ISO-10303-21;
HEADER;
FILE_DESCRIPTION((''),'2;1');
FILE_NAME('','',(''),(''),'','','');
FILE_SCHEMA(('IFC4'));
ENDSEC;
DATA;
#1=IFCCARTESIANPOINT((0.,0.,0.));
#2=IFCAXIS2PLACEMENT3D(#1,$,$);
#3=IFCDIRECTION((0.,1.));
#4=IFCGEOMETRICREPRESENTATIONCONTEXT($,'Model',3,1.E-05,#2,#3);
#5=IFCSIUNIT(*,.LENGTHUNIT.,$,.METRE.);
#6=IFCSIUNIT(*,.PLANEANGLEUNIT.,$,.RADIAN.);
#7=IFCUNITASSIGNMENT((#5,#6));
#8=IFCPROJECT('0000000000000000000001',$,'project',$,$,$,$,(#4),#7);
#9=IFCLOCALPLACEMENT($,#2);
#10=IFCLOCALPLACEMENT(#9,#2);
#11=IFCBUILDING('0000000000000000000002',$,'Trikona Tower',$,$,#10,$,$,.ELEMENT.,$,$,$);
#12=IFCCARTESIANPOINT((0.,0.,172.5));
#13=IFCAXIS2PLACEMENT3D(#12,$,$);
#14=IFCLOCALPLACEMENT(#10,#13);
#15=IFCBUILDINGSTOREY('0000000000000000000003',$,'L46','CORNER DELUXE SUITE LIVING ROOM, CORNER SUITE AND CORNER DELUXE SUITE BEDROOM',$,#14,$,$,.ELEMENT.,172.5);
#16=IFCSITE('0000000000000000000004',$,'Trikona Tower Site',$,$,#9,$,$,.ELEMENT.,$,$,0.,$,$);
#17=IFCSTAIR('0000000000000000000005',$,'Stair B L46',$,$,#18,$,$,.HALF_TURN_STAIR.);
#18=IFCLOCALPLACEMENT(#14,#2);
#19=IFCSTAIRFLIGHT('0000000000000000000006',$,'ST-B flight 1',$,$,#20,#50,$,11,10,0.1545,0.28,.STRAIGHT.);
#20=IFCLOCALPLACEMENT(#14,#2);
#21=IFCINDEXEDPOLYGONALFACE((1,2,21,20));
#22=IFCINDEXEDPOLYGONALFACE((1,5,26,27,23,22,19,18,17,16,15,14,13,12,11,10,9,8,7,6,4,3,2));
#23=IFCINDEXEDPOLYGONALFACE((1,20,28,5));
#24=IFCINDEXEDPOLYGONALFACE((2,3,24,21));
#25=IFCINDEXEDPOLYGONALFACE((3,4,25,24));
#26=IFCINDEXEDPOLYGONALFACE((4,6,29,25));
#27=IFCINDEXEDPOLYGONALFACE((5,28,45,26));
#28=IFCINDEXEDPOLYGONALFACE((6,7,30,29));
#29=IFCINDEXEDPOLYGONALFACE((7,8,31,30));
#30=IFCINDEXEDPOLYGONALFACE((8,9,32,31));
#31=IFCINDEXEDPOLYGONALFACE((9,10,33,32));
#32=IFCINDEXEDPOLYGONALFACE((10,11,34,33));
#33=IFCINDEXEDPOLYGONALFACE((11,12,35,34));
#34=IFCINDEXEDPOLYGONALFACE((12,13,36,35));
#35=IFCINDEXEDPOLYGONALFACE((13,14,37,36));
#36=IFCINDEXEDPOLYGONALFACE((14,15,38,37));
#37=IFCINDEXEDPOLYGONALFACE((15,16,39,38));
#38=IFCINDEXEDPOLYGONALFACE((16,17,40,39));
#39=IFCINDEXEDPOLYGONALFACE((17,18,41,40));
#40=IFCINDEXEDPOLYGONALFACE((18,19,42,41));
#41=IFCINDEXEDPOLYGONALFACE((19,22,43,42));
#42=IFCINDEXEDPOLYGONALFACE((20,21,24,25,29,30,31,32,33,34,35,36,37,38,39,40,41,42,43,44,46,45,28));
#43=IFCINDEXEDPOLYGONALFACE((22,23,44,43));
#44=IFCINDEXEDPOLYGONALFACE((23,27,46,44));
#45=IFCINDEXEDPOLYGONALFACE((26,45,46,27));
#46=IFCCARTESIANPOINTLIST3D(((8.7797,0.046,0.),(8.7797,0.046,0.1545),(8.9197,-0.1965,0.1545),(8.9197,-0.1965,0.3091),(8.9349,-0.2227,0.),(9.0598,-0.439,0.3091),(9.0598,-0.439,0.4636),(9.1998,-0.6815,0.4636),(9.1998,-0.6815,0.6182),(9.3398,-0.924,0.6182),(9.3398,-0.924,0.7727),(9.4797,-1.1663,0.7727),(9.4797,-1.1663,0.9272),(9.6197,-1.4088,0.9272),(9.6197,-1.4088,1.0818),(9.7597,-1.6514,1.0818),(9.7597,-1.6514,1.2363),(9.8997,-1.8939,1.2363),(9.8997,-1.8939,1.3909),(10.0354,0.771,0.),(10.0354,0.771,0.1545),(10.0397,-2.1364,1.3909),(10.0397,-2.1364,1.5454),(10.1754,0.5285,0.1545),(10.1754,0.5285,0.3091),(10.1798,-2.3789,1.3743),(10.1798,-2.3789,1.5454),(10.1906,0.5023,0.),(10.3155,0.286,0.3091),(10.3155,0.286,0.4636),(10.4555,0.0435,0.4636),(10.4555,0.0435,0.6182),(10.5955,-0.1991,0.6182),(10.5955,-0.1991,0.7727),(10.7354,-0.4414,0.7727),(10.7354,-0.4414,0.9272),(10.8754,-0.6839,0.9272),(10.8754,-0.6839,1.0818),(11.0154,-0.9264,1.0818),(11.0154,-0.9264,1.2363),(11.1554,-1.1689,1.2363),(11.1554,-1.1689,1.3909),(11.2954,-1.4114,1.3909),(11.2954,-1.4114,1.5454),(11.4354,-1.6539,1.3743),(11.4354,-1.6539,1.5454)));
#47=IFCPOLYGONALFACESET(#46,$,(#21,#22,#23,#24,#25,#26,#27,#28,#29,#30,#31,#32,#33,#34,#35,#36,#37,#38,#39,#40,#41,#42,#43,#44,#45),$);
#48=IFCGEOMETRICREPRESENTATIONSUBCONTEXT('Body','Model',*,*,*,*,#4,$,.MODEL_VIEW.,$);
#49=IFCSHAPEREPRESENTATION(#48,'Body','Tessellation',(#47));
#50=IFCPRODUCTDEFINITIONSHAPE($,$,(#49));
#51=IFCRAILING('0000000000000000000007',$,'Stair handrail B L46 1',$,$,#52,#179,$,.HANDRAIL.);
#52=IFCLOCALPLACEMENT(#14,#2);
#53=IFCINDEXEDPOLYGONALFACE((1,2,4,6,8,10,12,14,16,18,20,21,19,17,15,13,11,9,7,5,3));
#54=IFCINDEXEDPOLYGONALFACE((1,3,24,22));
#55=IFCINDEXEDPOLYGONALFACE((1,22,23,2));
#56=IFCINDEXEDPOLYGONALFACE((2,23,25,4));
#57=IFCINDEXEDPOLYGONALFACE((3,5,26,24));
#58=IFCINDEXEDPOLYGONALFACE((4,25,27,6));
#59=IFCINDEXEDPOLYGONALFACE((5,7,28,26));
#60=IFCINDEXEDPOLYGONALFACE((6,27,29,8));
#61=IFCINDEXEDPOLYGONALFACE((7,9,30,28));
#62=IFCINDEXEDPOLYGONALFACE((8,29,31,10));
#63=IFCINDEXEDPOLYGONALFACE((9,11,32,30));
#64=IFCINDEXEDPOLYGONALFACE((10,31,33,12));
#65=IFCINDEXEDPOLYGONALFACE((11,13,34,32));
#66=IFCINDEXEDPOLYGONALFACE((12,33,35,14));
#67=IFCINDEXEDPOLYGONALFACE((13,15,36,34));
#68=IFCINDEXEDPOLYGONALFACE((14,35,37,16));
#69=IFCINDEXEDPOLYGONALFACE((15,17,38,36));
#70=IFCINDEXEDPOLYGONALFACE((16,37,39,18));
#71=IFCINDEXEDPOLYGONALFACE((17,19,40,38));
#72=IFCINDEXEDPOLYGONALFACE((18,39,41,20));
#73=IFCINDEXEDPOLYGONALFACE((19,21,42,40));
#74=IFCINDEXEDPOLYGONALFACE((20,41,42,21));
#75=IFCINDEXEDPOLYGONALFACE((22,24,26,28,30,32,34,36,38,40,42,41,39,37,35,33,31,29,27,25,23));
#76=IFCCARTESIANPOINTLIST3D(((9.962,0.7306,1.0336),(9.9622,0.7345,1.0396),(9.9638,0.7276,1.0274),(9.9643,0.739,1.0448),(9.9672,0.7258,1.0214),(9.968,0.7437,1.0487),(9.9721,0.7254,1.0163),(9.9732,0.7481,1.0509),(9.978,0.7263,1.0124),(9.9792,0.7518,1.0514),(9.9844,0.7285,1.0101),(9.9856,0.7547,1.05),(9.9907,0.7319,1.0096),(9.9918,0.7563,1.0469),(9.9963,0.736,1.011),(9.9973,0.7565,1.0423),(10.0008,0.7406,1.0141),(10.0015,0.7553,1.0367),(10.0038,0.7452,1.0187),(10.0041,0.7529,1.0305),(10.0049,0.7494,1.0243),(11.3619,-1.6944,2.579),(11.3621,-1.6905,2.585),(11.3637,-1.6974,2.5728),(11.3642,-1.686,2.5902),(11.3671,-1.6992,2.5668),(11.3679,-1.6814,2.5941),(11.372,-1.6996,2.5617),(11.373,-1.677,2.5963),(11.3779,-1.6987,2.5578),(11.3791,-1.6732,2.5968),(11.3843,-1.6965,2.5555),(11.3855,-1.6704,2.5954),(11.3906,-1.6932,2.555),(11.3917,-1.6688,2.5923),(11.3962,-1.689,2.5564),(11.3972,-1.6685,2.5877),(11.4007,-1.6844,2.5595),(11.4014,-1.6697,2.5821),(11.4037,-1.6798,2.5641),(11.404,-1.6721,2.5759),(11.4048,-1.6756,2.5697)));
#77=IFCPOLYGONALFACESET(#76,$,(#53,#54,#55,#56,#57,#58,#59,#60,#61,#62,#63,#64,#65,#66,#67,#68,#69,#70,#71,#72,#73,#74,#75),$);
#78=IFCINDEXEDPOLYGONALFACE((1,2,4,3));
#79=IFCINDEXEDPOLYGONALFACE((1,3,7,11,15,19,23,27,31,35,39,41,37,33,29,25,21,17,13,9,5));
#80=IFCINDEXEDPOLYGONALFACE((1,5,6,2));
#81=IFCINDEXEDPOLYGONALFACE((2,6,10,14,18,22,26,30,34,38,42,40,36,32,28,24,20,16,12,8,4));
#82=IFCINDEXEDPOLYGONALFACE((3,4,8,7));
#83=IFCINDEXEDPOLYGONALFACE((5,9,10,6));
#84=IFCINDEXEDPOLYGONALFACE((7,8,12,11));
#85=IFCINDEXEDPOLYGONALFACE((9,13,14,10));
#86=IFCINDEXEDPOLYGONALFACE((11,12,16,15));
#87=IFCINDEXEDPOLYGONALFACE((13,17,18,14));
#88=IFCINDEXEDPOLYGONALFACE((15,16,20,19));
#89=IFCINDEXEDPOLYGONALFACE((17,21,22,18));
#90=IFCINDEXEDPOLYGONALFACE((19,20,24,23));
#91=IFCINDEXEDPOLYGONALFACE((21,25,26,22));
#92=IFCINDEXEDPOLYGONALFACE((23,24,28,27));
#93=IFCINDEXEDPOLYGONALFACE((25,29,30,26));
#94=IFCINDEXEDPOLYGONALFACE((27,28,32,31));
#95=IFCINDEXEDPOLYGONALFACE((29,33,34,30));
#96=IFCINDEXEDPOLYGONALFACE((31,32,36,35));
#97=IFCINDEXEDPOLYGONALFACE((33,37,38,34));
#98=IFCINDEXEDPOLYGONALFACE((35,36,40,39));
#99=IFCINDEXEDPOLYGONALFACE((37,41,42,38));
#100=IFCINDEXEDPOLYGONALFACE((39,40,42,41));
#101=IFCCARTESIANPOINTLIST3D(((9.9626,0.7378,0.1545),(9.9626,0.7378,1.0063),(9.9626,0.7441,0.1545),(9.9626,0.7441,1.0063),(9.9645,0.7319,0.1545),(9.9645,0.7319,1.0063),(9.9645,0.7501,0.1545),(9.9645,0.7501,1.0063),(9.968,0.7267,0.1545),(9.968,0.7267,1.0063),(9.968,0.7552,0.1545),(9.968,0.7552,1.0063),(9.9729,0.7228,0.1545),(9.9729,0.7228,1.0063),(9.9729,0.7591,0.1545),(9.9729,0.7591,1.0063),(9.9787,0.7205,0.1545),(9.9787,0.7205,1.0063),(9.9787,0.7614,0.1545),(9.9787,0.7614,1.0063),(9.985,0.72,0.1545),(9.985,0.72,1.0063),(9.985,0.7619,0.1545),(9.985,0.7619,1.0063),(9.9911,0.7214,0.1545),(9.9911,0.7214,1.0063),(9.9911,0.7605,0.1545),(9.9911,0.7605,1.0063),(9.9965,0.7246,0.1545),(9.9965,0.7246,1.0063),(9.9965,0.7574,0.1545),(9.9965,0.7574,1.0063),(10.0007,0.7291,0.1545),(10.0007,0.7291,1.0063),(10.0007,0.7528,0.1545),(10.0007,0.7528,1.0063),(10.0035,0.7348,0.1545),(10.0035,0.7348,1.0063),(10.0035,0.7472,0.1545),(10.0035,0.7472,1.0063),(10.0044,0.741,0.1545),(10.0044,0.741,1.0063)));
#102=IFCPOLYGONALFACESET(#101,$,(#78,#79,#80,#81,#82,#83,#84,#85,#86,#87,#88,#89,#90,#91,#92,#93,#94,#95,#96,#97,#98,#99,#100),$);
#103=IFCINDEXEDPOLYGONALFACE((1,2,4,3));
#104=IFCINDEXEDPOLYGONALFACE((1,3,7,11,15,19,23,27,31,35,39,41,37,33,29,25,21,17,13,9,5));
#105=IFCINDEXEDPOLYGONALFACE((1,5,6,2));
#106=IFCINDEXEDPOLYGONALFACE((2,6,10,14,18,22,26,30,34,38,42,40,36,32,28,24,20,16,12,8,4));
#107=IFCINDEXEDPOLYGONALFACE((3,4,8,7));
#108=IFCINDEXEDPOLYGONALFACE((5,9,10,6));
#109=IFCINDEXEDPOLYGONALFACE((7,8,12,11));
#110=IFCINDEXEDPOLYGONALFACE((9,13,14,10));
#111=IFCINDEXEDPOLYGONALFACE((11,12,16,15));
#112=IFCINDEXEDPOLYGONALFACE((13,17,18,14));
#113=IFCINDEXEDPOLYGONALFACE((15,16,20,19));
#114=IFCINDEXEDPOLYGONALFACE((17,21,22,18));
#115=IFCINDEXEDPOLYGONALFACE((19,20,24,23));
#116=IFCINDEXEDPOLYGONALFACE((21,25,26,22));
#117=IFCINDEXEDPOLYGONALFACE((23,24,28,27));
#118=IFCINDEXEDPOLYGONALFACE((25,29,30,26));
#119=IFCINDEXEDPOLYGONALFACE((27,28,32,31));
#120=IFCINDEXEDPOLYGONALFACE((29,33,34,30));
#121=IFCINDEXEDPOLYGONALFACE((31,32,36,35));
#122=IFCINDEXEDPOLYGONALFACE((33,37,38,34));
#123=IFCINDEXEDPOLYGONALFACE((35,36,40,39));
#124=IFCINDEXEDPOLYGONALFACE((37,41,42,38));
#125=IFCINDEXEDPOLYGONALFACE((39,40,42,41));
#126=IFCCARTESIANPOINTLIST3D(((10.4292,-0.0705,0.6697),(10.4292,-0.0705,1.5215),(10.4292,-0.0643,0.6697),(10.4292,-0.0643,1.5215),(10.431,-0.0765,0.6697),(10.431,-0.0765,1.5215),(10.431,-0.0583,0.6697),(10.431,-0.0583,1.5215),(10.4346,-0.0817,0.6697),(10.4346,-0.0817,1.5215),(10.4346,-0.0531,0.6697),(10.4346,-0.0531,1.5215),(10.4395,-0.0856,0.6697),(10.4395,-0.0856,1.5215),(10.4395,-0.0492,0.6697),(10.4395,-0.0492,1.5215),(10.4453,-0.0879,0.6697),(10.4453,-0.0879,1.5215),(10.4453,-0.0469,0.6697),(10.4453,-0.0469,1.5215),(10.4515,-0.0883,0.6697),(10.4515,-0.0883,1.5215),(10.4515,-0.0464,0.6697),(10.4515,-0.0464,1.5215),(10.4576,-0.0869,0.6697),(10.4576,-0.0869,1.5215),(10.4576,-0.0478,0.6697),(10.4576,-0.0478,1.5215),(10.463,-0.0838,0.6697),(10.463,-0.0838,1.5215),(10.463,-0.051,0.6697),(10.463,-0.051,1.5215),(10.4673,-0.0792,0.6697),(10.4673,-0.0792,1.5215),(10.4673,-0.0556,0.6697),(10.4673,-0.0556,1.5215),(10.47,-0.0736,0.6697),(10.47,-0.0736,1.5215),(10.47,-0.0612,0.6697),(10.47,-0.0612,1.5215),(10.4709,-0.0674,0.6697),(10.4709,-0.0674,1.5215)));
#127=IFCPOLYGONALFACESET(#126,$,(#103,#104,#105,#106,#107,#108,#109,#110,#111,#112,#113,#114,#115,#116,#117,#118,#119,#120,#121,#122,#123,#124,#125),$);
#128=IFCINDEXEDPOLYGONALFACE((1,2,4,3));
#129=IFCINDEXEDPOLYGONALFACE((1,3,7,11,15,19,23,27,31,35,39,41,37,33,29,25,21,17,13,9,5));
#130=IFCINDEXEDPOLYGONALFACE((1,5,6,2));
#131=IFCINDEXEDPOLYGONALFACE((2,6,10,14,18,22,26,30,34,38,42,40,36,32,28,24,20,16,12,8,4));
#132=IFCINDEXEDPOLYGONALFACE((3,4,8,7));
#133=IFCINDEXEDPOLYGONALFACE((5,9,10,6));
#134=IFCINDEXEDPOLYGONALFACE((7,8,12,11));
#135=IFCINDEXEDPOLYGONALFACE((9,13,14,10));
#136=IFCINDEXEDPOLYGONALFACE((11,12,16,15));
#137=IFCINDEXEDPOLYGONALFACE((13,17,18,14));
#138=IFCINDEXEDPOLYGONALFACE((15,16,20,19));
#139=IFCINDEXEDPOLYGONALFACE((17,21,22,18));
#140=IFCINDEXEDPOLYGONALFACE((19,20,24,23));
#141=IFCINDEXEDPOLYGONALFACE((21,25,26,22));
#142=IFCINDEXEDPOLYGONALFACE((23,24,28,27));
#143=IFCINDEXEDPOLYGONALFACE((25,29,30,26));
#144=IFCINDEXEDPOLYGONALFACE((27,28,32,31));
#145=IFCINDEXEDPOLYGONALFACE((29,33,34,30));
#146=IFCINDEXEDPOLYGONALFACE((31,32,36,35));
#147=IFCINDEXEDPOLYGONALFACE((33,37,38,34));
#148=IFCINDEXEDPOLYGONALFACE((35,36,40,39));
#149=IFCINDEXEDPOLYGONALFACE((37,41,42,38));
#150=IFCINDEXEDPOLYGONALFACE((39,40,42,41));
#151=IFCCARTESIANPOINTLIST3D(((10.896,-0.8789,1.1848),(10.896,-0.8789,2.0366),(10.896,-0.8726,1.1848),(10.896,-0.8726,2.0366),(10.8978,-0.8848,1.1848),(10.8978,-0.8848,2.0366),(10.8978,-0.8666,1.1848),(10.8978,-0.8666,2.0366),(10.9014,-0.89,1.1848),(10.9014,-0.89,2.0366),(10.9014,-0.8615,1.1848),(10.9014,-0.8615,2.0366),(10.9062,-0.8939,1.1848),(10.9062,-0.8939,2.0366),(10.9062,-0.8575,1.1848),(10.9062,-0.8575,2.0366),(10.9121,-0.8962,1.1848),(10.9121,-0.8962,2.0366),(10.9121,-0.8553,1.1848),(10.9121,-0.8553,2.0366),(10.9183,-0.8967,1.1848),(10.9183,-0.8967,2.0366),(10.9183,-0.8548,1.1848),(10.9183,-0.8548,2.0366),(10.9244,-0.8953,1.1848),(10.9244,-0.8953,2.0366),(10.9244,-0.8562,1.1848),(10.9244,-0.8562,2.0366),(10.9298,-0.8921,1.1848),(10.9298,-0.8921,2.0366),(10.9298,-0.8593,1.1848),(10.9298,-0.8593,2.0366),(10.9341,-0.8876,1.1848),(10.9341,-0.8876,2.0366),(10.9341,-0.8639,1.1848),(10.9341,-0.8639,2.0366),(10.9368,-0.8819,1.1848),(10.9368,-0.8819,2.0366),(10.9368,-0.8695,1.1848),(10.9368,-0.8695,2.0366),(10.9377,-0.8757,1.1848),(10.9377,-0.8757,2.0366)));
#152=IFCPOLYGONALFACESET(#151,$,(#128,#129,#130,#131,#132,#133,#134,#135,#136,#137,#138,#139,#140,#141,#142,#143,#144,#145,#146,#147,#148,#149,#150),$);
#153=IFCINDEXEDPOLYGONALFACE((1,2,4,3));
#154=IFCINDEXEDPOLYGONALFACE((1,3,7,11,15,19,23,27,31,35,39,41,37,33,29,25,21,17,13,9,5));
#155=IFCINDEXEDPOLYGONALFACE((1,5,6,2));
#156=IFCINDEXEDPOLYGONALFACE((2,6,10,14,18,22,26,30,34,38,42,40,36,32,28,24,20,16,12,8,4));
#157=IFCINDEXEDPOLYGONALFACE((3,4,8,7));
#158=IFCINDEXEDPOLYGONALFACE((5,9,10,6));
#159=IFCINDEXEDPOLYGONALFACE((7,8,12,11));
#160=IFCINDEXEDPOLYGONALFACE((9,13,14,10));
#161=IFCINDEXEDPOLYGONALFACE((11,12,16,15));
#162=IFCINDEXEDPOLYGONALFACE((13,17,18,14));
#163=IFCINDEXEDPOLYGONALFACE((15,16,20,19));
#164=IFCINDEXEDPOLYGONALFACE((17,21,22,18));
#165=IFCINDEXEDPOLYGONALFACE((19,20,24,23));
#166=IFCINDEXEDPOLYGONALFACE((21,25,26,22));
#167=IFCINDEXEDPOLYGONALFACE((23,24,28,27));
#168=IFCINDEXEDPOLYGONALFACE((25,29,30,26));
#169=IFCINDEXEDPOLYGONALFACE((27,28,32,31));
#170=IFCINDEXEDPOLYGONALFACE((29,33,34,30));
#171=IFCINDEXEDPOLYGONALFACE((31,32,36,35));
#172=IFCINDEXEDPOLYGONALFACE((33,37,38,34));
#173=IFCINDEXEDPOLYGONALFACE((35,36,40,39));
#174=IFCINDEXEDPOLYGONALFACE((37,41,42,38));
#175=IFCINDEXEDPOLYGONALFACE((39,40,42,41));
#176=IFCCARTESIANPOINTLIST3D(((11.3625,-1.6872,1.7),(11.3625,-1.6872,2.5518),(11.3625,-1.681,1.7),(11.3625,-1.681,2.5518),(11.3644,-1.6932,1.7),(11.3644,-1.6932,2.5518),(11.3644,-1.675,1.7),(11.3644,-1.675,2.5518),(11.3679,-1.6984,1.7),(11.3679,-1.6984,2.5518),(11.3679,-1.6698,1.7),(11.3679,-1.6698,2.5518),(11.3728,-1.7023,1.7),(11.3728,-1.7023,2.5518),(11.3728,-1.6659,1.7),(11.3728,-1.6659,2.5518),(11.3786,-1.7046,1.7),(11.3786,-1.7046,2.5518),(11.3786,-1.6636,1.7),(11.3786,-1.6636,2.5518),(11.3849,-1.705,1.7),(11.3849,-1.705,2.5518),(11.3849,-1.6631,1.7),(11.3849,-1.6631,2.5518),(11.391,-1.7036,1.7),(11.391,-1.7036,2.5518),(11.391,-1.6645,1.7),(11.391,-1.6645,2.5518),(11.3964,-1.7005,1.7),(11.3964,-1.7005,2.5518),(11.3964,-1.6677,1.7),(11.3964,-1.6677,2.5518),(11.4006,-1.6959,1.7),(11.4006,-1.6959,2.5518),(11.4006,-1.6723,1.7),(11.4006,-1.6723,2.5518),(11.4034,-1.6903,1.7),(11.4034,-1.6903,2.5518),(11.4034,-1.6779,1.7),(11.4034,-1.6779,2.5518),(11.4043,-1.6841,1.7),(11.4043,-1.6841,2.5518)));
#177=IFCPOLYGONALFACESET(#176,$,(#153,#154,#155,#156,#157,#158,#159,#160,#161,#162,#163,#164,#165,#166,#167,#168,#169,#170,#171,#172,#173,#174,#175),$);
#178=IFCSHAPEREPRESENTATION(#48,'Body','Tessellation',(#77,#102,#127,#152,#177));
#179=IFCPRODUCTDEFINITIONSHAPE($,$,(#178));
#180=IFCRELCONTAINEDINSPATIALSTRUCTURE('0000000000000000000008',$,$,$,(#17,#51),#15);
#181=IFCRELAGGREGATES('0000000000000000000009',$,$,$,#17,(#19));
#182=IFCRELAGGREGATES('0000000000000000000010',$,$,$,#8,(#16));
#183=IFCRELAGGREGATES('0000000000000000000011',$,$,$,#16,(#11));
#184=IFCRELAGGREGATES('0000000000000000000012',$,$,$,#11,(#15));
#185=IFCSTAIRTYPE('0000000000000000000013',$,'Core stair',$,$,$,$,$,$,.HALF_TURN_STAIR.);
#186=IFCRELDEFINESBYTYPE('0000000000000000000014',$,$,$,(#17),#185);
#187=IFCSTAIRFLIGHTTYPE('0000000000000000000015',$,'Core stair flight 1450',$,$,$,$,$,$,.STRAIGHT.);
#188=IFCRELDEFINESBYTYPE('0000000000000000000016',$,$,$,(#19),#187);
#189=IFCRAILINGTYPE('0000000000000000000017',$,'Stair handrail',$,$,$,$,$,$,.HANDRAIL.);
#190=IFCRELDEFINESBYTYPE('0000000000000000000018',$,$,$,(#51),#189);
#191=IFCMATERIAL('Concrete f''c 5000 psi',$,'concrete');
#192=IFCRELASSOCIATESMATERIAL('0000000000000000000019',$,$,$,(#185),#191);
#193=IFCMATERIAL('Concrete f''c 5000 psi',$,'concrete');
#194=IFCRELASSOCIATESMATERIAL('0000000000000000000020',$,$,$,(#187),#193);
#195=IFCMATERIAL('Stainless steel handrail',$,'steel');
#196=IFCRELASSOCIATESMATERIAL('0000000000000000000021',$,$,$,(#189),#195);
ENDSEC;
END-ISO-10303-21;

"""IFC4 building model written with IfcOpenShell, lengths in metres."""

from ifc_helpers import new_model, si_unit, direction, frame, origin, origin_2d, place, context, subcontext, project, spatial, polyline, circle, outline, extrude, material, type_object, element, aggregate, save


model = new_model("IFC4")

# Units and contexts
model_context = context("Model", 3, precision=1e-05, world=origin(), true_north=direction((0.0, 1.0)))
body_context = subcontext(model_context, "Body", "Model", "MODEL_VIEW")
ifc_project = project(units=[si_unit("LENGTHUNIT", "METRE"), si_unit("PLANEANGLEUNIT", "RADIAN")], contexts=[model_context])

# Site, building, storey
site_placement = place(None, origin())
site = spatial("IfcSite", under=ifc_project, at=site_placement, Name="Trikona Tower Site", CompositionType="ELEMENT", RefElevation=0.0)
building_placement = place(site_placement, origin())
building = spatial("IfcBuilding", under=site, at=building_placement, Name="Trikona Tower", CompositionType="ELEMENT")
storey_placement = place(building_placement, frame((0.0, 0.0, 172.5)))
storey = spatial("IfcBuildingStorey", under=building, at=storey_placement, Name="L46", Description="CORNER DELUXE SUITE LIVING ROOM, CORNER SUITE AND CORNER DELUXE SUITE BEDROOM", CompositionType="ELEMENT", Elevation=172.5)

# Stair
ifc_material_1 = material(Name="Concrete f'c 5000 psi", Category="concrete")
stair_type = type_object("IfcStairType", Name="Core stair", PredefinedType="HALF_TURN_STAIR", material=ifc_material_1)
stair_1_placement = place(storey_placement, origin())
stair_1 = element("IfcStair", 1, at=stair_1_placement, inside=storey, type_object=stair_type, Name="Stair B L46", PredefinedType="HALF_TURN_STAIR")

# Stair flight
ifc_material_2 = material(Name="Concrete f'c 5000 psi", Category="concrete")
stair_flight_type = type_object("IfcStairFlightType", Name="Core stair flight 1450", PredefinedType="STRAIGHT", material=ifc_material_2)
stair_flight_placement = place(storey_placement, frame((9.4075, 0.4084, 0.0), z_axis=(0.0, 0.0, 1.0), x_axis=(0.5, -0.866025, 0.0)))
stair_flight = element("IfcStairFlight", 2, at=stair_flight_placement, type_object=stair_flight_type, Name="ST-B flight 1", NumberOfRisers=11, NumberOfTreads=10, PredefinedType="STRAIGHT", RiserHeight=0.1545, TreadLength=0.28, context=body_context, shape_type="SweptSolid", body=[
    extrude(outline(polyline([(0.0, 0.0), (0.0, 0.1545), (0.28, 0.1545), (0.28, 0.3091), (0.5601, 0.3091), (0.5601, 0.4636), (0.8401, 0.4636), (0.8401, 0.6182), (1.1201, 0.6182), (1.1201, 0.7727), (1.3999, 0.7727), (1.3999, 0.9272), (1.6799, 0.9272), (1.6799, 1.0818), (1.96, 1.0818), (1.96, 1.2363), (2.24, 1.2363), (2.24, 1.3909), (2.52, 1.3909), (2.52, 1.5454), (2.8, 1.5454), (2.8, 1.7), (2.8, 1.3743), (0.3103, 0.0), (0.0, 0.0)])), frame((0.0, 0.7251, 0.0), z_axis=(0.0, -1.0, 0.0), x_axis=(1.0, 0.0, 0.0)), (0.0, 0.0, 1.0), 1.45),
])
aggregate(stair_1, [stair_flight])

# Railing
ifc_material_3 = material(Name="Stainless steel handrail", Category="steel")
railing_type = type_object("IfcRailingType", Name="Stair handrail", PredefinedType="HANDRAIL", material=ifc_material_3)
railing_placement = place(storey_placement, frame((9.9834, 0.741, 0.1545)))
element("IfcRailing", 3, at=railing_placement, inside=storey, type_object=railing_type, Name="Stair handrail B L46 1", PredefinedType="HANDRAIL", context=body_context, shape_type="SweptSolid", body=[
    extrude(circle(Radius=0.0239, at=origin_2d()), frame((0.0, 0.0, 0.876), z_axis=(0.437707, -0.75824, 0.483203), x_axis=(0.866056, 0.499946, 0.0)), (0.0, 0.0, 1.0), 3.1982),
    extrude(circle(Radius=0.021, at=origin_2d()), origin(), (0.0, 0.0, 1.0), 0.8518),
    extrude(circle(Radius=0.021, at=origin_2d()), frame((0.4666, -0.8083, 0.5151)), (0.0, 0.0, 1.0), 0.8518),
    extrude(circle(Radius=0.021, at=origin_2d()), frame((0.9333, -1.6167, 1.0303)), (0.0, 0.0, 1.0), 0.8518),
    extrude(circle(Radius=0.021, at=origin_2d()), frame((1.3999, -2.425, 1.5454)), (0.0, 0.0, 1.0), 0.8518),
])

save(model, "model.ifc")
